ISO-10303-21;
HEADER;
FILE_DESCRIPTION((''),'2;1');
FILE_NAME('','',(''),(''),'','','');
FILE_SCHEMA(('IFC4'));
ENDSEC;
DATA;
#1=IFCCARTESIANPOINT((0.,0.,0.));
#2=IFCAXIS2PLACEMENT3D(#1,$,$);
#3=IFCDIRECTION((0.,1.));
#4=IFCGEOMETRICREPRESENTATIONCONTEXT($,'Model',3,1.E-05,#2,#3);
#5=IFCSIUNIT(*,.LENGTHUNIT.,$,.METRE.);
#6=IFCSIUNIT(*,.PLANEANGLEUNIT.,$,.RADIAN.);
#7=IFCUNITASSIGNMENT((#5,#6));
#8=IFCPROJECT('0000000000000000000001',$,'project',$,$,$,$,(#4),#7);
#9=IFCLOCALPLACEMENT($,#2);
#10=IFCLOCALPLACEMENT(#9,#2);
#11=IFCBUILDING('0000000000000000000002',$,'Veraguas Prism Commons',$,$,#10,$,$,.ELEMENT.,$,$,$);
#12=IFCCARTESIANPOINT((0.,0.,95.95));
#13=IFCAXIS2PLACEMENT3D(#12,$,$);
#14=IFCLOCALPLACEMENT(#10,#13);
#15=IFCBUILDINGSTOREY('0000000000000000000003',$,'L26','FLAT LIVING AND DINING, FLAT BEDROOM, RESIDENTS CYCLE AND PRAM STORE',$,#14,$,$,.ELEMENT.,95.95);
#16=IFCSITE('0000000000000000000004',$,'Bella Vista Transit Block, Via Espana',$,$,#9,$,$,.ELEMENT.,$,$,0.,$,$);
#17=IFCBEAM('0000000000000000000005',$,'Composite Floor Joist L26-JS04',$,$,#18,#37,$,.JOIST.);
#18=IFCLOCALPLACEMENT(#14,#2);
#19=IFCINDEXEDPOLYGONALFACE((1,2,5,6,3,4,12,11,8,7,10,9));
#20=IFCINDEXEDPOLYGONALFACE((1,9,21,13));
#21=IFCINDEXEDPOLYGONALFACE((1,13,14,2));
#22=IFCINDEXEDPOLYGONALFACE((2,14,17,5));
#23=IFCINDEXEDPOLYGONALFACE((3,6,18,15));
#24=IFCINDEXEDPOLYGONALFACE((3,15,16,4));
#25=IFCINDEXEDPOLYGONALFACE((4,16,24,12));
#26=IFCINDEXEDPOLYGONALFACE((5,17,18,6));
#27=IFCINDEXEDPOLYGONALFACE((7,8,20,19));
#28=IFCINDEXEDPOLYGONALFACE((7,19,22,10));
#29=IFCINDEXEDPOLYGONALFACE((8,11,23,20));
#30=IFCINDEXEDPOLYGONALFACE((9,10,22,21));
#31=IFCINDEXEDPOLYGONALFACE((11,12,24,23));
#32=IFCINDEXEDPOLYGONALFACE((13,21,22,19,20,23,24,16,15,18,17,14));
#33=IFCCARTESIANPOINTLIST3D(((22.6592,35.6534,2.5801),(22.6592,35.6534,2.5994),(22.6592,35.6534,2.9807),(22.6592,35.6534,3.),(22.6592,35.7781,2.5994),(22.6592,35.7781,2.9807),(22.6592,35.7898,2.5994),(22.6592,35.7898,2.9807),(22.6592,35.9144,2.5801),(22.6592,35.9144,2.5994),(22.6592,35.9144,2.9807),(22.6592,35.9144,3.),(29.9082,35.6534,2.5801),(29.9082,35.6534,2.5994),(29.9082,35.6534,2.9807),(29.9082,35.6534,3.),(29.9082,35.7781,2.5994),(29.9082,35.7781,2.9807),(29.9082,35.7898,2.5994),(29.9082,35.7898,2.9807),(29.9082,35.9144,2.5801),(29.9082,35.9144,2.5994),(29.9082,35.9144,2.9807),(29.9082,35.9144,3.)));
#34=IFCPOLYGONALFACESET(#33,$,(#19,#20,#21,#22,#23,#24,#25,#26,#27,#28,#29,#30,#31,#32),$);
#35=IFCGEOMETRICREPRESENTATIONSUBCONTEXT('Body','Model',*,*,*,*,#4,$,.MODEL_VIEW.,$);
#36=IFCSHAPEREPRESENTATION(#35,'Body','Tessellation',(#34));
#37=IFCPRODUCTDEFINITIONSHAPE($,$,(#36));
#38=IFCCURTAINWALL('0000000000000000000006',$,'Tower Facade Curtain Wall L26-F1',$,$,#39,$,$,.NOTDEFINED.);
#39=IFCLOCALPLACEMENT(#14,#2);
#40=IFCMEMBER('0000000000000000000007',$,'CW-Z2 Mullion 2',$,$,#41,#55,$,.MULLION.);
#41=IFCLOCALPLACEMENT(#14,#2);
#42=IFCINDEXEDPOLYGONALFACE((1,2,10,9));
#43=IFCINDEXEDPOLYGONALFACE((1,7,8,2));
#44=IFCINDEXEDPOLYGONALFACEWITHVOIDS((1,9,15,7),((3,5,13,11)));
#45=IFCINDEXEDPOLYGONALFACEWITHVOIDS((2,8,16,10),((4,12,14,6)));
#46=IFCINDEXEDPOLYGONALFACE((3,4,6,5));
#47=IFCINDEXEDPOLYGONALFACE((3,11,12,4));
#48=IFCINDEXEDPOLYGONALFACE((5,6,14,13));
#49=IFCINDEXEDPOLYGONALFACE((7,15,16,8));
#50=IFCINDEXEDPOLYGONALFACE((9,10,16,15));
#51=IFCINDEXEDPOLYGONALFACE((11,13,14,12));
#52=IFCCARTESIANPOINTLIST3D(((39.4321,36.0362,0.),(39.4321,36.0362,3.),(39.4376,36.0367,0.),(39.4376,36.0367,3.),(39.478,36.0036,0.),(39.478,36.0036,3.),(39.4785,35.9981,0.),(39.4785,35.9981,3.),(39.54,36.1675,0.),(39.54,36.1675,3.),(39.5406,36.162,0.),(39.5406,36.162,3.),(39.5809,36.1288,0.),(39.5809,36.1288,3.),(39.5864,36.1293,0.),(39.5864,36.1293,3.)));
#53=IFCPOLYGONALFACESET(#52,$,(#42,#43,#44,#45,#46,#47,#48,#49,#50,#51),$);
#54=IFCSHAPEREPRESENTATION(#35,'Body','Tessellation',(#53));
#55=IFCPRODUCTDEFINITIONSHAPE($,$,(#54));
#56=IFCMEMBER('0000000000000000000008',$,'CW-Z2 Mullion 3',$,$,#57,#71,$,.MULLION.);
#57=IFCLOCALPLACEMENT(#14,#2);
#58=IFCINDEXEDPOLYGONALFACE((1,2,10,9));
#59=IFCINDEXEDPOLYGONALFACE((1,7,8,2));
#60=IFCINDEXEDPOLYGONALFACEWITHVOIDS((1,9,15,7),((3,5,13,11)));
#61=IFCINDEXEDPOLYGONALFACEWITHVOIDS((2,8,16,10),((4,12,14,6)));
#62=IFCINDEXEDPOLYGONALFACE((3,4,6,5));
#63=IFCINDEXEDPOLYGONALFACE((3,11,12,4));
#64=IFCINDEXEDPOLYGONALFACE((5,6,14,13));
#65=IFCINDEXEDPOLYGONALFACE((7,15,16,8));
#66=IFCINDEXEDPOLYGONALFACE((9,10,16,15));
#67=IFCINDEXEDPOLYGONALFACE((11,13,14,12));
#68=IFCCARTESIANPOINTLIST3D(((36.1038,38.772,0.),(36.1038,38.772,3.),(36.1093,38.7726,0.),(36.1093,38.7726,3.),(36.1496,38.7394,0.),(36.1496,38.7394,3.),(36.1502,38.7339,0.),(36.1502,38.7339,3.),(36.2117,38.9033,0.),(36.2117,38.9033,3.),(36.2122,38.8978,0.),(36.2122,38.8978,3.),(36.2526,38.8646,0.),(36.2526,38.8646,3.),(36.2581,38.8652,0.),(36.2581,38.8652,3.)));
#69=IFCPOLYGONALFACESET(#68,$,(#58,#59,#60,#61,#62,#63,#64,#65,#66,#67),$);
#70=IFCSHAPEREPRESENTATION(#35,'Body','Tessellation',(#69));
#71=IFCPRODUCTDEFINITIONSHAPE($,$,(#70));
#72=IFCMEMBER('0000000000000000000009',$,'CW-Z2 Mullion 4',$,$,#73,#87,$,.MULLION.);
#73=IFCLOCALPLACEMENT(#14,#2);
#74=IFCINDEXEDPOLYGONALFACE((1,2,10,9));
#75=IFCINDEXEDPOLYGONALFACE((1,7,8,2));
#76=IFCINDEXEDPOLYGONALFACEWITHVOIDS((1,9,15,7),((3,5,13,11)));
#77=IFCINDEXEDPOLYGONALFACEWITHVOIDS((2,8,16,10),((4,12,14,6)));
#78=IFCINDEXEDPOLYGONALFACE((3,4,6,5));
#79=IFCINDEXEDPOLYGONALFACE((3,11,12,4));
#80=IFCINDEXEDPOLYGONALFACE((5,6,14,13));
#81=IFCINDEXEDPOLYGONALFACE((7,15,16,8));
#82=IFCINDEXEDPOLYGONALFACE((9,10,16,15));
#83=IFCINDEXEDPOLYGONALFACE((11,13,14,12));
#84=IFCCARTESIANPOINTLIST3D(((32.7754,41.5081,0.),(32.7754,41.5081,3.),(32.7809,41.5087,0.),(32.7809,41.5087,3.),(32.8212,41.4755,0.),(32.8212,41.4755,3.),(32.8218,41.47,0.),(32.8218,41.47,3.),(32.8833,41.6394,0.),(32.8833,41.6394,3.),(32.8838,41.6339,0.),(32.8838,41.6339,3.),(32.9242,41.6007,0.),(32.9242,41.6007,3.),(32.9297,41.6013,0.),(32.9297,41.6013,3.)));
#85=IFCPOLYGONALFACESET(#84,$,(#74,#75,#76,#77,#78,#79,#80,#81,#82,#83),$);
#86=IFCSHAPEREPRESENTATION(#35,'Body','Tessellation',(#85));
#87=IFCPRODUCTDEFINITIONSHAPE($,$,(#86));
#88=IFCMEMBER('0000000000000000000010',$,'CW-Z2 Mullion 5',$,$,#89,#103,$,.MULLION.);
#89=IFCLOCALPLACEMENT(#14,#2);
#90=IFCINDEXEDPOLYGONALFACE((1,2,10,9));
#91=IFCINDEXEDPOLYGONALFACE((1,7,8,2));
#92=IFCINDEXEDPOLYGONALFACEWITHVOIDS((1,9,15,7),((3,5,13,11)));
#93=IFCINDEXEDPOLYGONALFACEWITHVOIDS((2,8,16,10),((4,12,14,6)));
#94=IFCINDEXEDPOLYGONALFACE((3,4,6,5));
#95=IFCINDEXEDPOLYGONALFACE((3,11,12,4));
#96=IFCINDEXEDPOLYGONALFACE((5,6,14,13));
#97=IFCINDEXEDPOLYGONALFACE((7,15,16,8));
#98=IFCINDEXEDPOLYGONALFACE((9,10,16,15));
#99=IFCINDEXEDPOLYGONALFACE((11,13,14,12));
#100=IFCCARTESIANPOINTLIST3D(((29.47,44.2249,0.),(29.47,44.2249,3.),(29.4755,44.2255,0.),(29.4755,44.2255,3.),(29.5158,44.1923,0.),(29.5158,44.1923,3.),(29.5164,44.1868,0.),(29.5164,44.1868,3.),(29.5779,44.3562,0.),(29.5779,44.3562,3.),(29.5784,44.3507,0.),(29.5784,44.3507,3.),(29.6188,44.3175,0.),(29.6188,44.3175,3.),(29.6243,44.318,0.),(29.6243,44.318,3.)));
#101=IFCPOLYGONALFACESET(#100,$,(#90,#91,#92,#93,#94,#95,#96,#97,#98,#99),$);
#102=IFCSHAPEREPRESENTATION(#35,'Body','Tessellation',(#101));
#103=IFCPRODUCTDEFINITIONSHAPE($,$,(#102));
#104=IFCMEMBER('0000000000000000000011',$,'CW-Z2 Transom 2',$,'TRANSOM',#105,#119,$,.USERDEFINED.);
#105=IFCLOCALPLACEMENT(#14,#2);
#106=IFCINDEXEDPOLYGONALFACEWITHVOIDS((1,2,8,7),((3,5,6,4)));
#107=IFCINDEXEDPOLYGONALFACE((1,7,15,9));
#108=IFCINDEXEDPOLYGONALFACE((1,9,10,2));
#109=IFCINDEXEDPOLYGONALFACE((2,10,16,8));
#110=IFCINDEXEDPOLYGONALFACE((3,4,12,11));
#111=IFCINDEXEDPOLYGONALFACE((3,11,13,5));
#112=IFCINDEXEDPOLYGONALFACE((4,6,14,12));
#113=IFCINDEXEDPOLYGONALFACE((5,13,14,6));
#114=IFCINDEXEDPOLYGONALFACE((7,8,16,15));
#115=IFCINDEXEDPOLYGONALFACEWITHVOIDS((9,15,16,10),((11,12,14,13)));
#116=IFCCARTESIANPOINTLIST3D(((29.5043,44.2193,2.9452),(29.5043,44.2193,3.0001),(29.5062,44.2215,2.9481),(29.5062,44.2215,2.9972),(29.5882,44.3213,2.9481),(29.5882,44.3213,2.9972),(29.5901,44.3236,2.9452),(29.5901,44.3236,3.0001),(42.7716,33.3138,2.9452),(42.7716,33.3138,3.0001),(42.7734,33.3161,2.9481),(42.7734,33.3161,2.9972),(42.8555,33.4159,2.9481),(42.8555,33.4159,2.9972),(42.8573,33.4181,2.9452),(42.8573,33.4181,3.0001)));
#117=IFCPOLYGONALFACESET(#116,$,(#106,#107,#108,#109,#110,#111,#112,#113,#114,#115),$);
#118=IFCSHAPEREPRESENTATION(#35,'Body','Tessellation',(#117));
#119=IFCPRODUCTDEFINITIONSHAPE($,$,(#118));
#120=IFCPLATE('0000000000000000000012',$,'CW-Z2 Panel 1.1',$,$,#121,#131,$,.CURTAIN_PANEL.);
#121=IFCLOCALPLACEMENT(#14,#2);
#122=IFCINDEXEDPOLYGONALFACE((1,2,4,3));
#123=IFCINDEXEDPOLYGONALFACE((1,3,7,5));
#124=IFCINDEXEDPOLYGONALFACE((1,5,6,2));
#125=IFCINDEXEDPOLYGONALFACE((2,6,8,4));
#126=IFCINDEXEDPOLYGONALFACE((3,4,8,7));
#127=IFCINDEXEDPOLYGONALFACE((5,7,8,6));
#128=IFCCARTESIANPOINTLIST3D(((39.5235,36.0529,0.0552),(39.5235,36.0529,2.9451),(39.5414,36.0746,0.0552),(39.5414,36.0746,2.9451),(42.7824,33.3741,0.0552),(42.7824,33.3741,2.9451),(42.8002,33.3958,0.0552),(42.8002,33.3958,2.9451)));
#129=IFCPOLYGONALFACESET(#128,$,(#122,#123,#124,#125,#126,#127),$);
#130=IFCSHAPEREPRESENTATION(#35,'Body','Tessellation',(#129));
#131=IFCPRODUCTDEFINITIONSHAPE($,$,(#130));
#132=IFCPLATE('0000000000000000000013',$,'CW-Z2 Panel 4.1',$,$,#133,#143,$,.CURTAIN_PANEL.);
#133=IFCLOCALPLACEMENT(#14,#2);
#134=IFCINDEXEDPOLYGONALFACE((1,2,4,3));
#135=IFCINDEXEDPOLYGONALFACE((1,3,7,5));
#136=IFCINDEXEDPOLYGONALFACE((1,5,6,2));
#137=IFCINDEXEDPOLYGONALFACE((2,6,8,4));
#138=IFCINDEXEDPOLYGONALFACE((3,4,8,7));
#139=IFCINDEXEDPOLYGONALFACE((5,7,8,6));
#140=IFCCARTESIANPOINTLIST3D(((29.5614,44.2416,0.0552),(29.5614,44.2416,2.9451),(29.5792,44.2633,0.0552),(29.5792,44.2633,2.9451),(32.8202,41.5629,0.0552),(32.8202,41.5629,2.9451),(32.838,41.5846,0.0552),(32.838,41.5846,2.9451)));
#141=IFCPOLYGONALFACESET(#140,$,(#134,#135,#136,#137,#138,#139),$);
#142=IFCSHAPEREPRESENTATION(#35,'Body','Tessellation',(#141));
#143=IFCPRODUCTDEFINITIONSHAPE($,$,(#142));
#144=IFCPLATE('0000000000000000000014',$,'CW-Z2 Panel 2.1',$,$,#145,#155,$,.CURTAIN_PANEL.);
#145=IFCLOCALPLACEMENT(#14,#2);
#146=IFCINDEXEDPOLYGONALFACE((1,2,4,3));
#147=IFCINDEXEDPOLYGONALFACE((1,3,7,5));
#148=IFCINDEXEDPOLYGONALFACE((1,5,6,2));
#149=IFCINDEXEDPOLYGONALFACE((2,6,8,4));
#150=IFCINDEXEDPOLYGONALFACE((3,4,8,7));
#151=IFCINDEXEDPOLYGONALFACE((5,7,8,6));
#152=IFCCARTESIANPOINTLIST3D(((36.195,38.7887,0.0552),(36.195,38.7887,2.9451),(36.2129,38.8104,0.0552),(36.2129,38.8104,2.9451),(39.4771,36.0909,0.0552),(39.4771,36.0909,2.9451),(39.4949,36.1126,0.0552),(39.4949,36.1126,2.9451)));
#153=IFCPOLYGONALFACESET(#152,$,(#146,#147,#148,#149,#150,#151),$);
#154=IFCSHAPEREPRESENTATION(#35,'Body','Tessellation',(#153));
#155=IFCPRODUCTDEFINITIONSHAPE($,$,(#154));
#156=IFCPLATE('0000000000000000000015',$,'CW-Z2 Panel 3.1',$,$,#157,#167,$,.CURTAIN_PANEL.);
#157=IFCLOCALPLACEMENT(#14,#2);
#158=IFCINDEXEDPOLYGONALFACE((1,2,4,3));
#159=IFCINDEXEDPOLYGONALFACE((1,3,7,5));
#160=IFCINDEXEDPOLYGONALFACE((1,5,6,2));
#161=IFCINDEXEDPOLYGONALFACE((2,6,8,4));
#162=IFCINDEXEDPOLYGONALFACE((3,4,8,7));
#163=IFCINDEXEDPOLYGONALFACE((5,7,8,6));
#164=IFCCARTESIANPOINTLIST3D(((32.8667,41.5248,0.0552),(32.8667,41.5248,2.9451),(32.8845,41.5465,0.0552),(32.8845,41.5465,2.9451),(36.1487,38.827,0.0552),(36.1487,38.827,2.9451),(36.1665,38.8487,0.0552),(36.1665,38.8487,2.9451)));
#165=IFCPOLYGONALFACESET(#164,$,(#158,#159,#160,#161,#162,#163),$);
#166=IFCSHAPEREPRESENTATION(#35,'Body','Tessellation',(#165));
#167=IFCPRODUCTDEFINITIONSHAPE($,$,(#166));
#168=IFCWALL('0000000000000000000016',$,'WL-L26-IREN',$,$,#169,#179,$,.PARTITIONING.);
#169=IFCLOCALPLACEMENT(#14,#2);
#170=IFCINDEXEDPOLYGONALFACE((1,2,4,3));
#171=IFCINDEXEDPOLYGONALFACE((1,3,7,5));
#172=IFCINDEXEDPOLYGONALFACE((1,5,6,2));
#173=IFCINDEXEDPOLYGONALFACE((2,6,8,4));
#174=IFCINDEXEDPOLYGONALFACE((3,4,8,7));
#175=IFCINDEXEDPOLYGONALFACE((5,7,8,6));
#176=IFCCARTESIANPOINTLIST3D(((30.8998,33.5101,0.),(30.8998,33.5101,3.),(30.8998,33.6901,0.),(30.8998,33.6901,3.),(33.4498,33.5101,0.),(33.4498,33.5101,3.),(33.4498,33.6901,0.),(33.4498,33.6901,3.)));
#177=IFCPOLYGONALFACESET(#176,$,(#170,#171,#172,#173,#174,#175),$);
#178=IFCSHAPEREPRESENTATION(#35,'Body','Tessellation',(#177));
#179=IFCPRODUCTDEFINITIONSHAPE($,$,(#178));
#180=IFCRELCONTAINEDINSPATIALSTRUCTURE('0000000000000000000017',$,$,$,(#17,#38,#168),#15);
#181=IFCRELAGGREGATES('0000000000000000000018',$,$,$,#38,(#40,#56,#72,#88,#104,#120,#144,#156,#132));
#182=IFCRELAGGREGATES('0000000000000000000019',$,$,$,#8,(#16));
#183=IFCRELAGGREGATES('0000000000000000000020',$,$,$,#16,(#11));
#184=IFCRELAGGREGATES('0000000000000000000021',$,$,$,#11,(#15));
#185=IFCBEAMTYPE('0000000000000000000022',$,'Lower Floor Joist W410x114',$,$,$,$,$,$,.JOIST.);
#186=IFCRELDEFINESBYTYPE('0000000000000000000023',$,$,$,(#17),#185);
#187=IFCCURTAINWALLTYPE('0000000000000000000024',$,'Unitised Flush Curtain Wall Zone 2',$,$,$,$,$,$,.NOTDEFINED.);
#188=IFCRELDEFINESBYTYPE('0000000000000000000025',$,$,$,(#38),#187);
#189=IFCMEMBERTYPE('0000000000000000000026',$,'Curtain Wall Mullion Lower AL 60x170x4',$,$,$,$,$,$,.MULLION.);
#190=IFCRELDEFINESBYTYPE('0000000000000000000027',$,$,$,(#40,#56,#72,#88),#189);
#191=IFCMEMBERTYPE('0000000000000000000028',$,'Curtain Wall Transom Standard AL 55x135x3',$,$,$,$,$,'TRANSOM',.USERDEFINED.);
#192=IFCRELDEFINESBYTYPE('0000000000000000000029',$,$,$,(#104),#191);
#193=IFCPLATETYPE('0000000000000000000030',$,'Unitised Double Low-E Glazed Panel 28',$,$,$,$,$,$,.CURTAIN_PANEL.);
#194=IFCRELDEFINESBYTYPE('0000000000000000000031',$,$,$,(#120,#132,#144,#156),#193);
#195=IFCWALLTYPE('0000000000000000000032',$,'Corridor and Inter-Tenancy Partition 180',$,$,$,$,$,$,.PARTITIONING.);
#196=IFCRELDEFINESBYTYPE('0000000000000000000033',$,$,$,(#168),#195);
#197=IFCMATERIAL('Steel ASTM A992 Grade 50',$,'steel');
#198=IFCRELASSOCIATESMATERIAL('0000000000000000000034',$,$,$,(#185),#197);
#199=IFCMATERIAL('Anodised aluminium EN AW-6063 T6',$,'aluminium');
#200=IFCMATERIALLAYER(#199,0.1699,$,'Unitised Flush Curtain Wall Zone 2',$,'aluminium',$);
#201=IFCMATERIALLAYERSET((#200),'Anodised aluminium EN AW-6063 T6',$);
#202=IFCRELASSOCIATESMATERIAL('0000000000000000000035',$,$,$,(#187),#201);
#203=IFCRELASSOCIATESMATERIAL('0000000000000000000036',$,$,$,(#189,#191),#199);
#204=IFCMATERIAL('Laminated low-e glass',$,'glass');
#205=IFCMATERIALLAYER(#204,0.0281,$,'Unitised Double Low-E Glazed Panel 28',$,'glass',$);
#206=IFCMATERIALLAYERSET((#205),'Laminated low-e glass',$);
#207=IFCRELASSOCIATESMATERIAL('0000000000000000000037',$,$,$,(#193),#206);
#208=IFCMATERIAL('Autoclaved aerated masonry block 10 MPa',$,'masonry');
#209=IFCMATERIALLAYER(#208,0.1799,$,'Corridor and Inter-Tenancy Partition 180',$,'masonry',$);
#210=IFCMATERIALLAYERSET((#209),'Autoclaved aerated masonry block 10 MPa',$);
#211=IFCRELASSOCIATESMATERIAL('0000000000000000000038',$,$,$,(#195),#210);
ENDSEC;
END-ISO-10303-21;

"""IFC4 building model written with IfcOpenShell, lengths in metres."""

from ifc_helpers import new_model, si_unit, direction, frame, frame_2d, origin, origin_2d, place, context, subcontext, project, spatial, rectangle, hollow_rectangle, i_section, extrude, source, transform, mapped, material, layer, layer_set, material_profile, profile_set, type_object, element, aggregate, save


model = new_model("IFC4")

# Units and contexts
model_context = context("Model", 3, precision=1e-05, world=origin(), true_north=direction((0.0, 1.0)))
body_context = subcontext(model_context, "Body", "Model", "MODEL_VIEW")
ifc_project = project(units=[si_unit("LENGTHUNIT", "METRE"), si_unit("PLANEANGLEUNIT", "RADIAN")], contexts=[model_context])

# Site, building, storey
site_placement = place(None, origin())
site = spatial("IfcSite", under=ifc_project, at=site_placement, Name="Bella Vista Transit Block, Via Espana", CompositionType="ELEMENT", RefElevation=0.0)
building_placement = place(site_placement, origin())
building = spatial("IfcBuilding", under=site, at=building_placement, Name="Veraguas Prism Commons", CompositionType="ELEMENT")
storey_placement = place(building_placement, frame((0.0, 0.0, 95.95)))
storey = spatial("IfcBuildingStorey", under=building, at=storey_placement, Name="L26", Description="FLAT LIVING AND DINING, FLAT BEDROOM, RESIDENTS CYCLE AND PRAM STORE", CompositionType="ELEMENT", Elevation=95.95)

# Beam
ifc_material_1 = material(Name="Steel ASTM A992 Grade 50", Category="steel")
ifc_material_profile_1 = material_profile(ifc_material_1, i_section(OverallWidth=0.261, OverallDepth=0.4199, WebThickness=0.0117, FlangeThickness=0.0193, at=origin_2d()), Name="W410X114")
ifc_profile_set_1 = profile_set([ifc_material_profile_1], Name="Steel ASTM A992 Grade 50")
beam_type = type_object("IfcBeamType", Name="Lower Floor Joist W410x114", PredefinedType="JOIST", material=ifc_profile_set_1)
beam_placement = place(storey_placement, frame((29.9082, 35.7839, 2.79), z_axis=(-1.0, 0.0, 0.0), x_axis=(0.0, -1.0, 0.0)))
element("IfcBeam", 1, at=beam_placement, inside=storey, type_object=beam_type, Name="Composite Floor Joist L26-JS04", PredefinedType="JOIST", context=body_context, shape_type="SweptSolid", body=[
    extrude(i_section(OverallWidth=0.261, OverallDepth=0.4199, WebThickness=0.0117, FlangeThickness=0.0193, at=origin_2d()), origin(), (0.0, 0.0, 1.0), 7.249),
])

# Curtain wall, members, plates
ifc_material_2 = material(Name="Anodised aluminium EN AW-6063 T6", Category="aluminium")
ifc_layer_1 = layer(ifc_material_2, 0.1699, Name="Unitised Flush Curtain Wall Zone 2", Category="aluminium")
ifc_layer_set_1 = layer_set([ifc_layer_1], Name="Anodised aluminium EN AW-6063 T6")
curtain_wall_type = type_object("IfcCurtainWallType", Name="Unitised Flush Curtain Wall Zone 2", PredefinedType="NOTDEFINED", material=ifc_layer_set_1)
curtain_wall_placement = place(storey_placement, origin())
curtain_wall = element("IfcCurtainWall", 2, at=curtain_wall_placement, inside=storey, type_object=curtain_wall_type, Name="Tower Facade Curtain Wall L26-F1", PredefinedType="NOTDEFINED")
ifc_material_profile_2 = material_profile(ifc_material_2, hollow_rectangle(XDim=0.0601, YDim=0.1699, WallThickness=0.0039, at=origin_2d()), Name="AL60X170X4")
ifc_profile_set_2 = profile_set([ifc_material_profile_2], Name="Anodised aluminium EN AW-6063 T6")
member_type_1 = type_object("IfcMemberType", Name="Curtain Wall Mullion Lower AL 60x170x4", PredefinedType="MULLION", material=ifc_profile_set_2)
shared_shape_1 = source(origin(), body_context, "Body", "SweptSolid", [
    extrude(hollow_rectangle(XDim=0.0601, YDim=0.1699, WallThickness=0.0039, at=origin_2d()), origin(), (0.0, 0.0, 1.0), 3.0),
])
member_1_placement = place(storey_placement, frame((39.5093, 36.0828, 0.0), z_axis=(0.0, 0.0, 1.0), x_axis=(-0.772512, 0.635, 0.0)))
member_1 = element("IfcMember", 3, at=member_1_placement, type_object=member_type_1, Name="CW-Z2 Mullion 2", PredefinedType="MULLION", context=body_context, shape_type="MappedRepresentation", body=[
    mapped(shared_shape_1, transform((0.0, 0.0, 0.0), scale=1.0)),
])
member_2_placement = place(storey_placement, frame((36.1809, 38.8186, 0.0), z_axis=(0.0, 0.0, 1.0), x_axis=(-0.772512, 0.635, 0.0)))
member_2 = element("IfcMember", 4, at=member_2_placement, type_object=member_type_1, Name="CW-Z2 Mullion 3", PredefinedType="MULLION", context=body_context, shape_type="MappedRepresentation", body=[
    mapped(shared_shape_1, transform((0.0, 0.0, 0.0), scale=1.0)),
])
member_3_placement = place(storey_placement, frame((32.8525, 41.5547, 0.0), z_axis=(0.0, 0.0, 1.0), x_axis=(-0.772512, 0.635, 0.0)))
member_3 = element("IfcMember", 5, at=member_3_placement, type_object=member_type_1, Name="CW-Z2 Mullion 4", PredefinedType="MULLION", context=body_context, shape_type="MappedRepresentation", body=[
    mapped(shared_shape_1, transform((0.0, 0.0, 0.0), scale=1.0)),
])
member_4_placement = place(storey_placement, frame((29.5471, 44.2715, 0.0), z_axis=(0.0, 0.0, 1.0), x_axis=(-0.772512, 0.635, 0.0)))
member_4 = element("IfcMember", 6, at=member_4_placement, type_object=member_type_1, Name="CW-Z2 Mullion 5", PredefinedType="MULLION", context=body_context, shape_type="MappedRepresentation", body=[
    mapped(shared_shape_1, transform((0.0, 0.0, 0.0), scale=1.0)),
])
ifc_material_profile_3 = material_profile(ifc_material_2, hollow_rectangle(XDim=0.0549, YDim=0.135, WallThickness=0.0029, at=origin_2d()), Name="AL55X135X3")
ifc_profile_set_3 = profile_set([ifc_material_profile_3], Name="Anodised aluminium EN AW-6063 T6")
member_type_2 = type_object("IfcMemberType", Name="Curtain Wall Transom Standard AL 55x135x3", ElementType="TRANSOM", PredefinedType="USERDEFINED", material=ifc_profile_set_3)
shared_shape_2 = source(origin(), body_context, "Body", "SweptSolid", [
    extrude(hollow_rectangle(XDim=0.0549, YDim=0.135, WallThickness=0.0029, at=origin_2d()), origin(), (0.0, 0.0, 1.0), 17.1741),
])
member_5_placement = place(storey_placement, frame((42.8145, 33.366, 2.9727), z_axis=(-0.772516, 0.634995, 0.0), x_axis=(0.0, 0.0, 1.0)))
member_5 = element("IfcMember", 7, at=member_5_placement, type_object=member_type_2, Name="CW-Z2 Transom 2", ObjectType="TRANSOM", PredefinedType="USERDEFINED", context=body_context, shape_type="MappedRepresentation", body=[
    mapped(shared_shape_2, transform((0.0, 0.0, 0.0), scale=1.0)),
])
ifc_material_3 = material(Name="Laminated low-e glass", Category="glass")
ifc_layer_2 = layer(ifc_material_3, 0.0281, Name="Unitised Double Low-E Glazed Panel 28", Category="glass")
ifc_layer_set_2 = layer_set([ifc_layer_2], Name="Laminated low-e glass")
plate_type = type_object("IfcPlateType", Name="Unitised Double Low-E Glazed Panel 28", PredefinedType="CURTAIN_PANEL", material=ifc_layer_set_2)
shared_shape_3 = source(origin(), body_context, "Body", "SweptSolid", [
    extrude(rectangle(XDim=4.2185, YDim=0.0281, at=origin_2d()), origin(), (0.0, 0.0, 1.0), 2.8899),
])
plate_1_placement = place(storey_placement, frame((41.1619, 34.7244, 0.0552), z_axis=(0.0, 0.0, 1.0), x_axis=(-0.772512, 0.635, 0.0)))
plate_1 = element("IfcPlate", 8, at=plate_1_placement, type_object=plate_type, Name="CW-Z2 Panel 1.1", PredefinedType="CURTAIN_PANEL", context=body_context, shape_type="MappedRepresentation", body=[
    mapped(shared_shape_3, transform((0.0, 0.0, 0.0), scale=1.0)),
])
plate_2_placement = place(storey_placement, frame((31.1997, 42.9131, 0.0552), z_axis=(0.0, 0.0, 1.0), x_axis=(-0.772512, 0.635, 0.0)))
plate_2 = element("IfcPlate", 9, at=plate_2_placement, type_object=plate_type, Name="CW-Z2 Panel 4.1", PredefinedType="CURTAIN_PANEL", context=body_context, shape_type="MappedRepresentation", body=[
    mapped(shared_shape_3, transform((0.0, 0.0, 0.0), scale=1.0)),
])
shared_shape_4 = source(origin(), body_context, "Body", "SweptSolid", [
    extrude(rectangle(XDim=4.2485, YDim=0.0281, at=origin_2d()), origin(), (0.0, 0.0, 1.0), 2.8899),
])
plate_3_placement = place(storey_placement, frame((37.845, 37.4507, 0.0552), z_axis=(0.0, 0.0, 1.0), x_axis=(-0.772512, 0.635, 0.0)))
plate_3 = element("IfcPlate", 10, at=plate_3_placement, type_object=plate_type, Name="CW-Z2 Panel 2.1", PredefinedType="CURTAIN_PANEL", context=body_context, shape_type="MappedRepresentation", body=[
    mapped(shared_shape_4, transform((0.0, 0.0, 0.0), scale=1.0)),
])
plate_4_placement = place(storey_placement, frame((34.5166, 40.1868, 0.0552), z_axis=(0.0, 0.0, 1.0), x_axis=(-0.772512, 0.635, 0.0)))
plate_4 = element("IfcPlate", 11, at=plate_4_placement, type_object=plate_type, Name="CW-Z2 Panel 3.1", PredefinedType="CURTAIN_PANEL", context=body_context, shape_type="MappedRepresentation", body=[
    mapped(shared_shape_4, transform((0.0, 0.0, 0.0), scale=1.0)),
])
aggregate(curtain_wall, [member_1, member_2, member_3, member_4, member_5, plate_1, plate_3, plate_4, plate_2])

# Wall
ifc_material_4 = material(Name="Autoclaved aerated masonry block 10 MPa", Category="masonry")
ifc_layer_3 = layer(ifc_material_4, 0.1799, Name="Corridor and Inter-Tenancy Partition 180", Category="masonry")
ifc_layer_set_3 = layer_set([ifc_layer_3], Name="Autoclaved aerated masonry block 10 MPa")
wall_type = type_object("IfcWallType", Name="Corridor and Inter-Tenancy Partition 180", PredefinedType="PARTITIONING", material=ifc_layer_set_3)
wall_1_placement = place(storey_placement, frame((30.8999, 33.6001, 0.0), z_axis=(0.0, 0.0, 1.0), x_axis=(1.0, 0.0, 0.0)))
element("IfcWall", 12, at=wall_1_placement, inside=storey, type_object=wall_type, Name="WL-L26-IREN", PredefinedType="PARTITIONING", context=body_context, shape_type="SweptSolid", body=[
    extrude(rectangle(XDim=2.55, YDim=0.1799, at=frame_2d((1.2749, 0.0))), origin(), (0.0, 0.0, 1.0), 3.0),
])

save(model, "model.ifc")
